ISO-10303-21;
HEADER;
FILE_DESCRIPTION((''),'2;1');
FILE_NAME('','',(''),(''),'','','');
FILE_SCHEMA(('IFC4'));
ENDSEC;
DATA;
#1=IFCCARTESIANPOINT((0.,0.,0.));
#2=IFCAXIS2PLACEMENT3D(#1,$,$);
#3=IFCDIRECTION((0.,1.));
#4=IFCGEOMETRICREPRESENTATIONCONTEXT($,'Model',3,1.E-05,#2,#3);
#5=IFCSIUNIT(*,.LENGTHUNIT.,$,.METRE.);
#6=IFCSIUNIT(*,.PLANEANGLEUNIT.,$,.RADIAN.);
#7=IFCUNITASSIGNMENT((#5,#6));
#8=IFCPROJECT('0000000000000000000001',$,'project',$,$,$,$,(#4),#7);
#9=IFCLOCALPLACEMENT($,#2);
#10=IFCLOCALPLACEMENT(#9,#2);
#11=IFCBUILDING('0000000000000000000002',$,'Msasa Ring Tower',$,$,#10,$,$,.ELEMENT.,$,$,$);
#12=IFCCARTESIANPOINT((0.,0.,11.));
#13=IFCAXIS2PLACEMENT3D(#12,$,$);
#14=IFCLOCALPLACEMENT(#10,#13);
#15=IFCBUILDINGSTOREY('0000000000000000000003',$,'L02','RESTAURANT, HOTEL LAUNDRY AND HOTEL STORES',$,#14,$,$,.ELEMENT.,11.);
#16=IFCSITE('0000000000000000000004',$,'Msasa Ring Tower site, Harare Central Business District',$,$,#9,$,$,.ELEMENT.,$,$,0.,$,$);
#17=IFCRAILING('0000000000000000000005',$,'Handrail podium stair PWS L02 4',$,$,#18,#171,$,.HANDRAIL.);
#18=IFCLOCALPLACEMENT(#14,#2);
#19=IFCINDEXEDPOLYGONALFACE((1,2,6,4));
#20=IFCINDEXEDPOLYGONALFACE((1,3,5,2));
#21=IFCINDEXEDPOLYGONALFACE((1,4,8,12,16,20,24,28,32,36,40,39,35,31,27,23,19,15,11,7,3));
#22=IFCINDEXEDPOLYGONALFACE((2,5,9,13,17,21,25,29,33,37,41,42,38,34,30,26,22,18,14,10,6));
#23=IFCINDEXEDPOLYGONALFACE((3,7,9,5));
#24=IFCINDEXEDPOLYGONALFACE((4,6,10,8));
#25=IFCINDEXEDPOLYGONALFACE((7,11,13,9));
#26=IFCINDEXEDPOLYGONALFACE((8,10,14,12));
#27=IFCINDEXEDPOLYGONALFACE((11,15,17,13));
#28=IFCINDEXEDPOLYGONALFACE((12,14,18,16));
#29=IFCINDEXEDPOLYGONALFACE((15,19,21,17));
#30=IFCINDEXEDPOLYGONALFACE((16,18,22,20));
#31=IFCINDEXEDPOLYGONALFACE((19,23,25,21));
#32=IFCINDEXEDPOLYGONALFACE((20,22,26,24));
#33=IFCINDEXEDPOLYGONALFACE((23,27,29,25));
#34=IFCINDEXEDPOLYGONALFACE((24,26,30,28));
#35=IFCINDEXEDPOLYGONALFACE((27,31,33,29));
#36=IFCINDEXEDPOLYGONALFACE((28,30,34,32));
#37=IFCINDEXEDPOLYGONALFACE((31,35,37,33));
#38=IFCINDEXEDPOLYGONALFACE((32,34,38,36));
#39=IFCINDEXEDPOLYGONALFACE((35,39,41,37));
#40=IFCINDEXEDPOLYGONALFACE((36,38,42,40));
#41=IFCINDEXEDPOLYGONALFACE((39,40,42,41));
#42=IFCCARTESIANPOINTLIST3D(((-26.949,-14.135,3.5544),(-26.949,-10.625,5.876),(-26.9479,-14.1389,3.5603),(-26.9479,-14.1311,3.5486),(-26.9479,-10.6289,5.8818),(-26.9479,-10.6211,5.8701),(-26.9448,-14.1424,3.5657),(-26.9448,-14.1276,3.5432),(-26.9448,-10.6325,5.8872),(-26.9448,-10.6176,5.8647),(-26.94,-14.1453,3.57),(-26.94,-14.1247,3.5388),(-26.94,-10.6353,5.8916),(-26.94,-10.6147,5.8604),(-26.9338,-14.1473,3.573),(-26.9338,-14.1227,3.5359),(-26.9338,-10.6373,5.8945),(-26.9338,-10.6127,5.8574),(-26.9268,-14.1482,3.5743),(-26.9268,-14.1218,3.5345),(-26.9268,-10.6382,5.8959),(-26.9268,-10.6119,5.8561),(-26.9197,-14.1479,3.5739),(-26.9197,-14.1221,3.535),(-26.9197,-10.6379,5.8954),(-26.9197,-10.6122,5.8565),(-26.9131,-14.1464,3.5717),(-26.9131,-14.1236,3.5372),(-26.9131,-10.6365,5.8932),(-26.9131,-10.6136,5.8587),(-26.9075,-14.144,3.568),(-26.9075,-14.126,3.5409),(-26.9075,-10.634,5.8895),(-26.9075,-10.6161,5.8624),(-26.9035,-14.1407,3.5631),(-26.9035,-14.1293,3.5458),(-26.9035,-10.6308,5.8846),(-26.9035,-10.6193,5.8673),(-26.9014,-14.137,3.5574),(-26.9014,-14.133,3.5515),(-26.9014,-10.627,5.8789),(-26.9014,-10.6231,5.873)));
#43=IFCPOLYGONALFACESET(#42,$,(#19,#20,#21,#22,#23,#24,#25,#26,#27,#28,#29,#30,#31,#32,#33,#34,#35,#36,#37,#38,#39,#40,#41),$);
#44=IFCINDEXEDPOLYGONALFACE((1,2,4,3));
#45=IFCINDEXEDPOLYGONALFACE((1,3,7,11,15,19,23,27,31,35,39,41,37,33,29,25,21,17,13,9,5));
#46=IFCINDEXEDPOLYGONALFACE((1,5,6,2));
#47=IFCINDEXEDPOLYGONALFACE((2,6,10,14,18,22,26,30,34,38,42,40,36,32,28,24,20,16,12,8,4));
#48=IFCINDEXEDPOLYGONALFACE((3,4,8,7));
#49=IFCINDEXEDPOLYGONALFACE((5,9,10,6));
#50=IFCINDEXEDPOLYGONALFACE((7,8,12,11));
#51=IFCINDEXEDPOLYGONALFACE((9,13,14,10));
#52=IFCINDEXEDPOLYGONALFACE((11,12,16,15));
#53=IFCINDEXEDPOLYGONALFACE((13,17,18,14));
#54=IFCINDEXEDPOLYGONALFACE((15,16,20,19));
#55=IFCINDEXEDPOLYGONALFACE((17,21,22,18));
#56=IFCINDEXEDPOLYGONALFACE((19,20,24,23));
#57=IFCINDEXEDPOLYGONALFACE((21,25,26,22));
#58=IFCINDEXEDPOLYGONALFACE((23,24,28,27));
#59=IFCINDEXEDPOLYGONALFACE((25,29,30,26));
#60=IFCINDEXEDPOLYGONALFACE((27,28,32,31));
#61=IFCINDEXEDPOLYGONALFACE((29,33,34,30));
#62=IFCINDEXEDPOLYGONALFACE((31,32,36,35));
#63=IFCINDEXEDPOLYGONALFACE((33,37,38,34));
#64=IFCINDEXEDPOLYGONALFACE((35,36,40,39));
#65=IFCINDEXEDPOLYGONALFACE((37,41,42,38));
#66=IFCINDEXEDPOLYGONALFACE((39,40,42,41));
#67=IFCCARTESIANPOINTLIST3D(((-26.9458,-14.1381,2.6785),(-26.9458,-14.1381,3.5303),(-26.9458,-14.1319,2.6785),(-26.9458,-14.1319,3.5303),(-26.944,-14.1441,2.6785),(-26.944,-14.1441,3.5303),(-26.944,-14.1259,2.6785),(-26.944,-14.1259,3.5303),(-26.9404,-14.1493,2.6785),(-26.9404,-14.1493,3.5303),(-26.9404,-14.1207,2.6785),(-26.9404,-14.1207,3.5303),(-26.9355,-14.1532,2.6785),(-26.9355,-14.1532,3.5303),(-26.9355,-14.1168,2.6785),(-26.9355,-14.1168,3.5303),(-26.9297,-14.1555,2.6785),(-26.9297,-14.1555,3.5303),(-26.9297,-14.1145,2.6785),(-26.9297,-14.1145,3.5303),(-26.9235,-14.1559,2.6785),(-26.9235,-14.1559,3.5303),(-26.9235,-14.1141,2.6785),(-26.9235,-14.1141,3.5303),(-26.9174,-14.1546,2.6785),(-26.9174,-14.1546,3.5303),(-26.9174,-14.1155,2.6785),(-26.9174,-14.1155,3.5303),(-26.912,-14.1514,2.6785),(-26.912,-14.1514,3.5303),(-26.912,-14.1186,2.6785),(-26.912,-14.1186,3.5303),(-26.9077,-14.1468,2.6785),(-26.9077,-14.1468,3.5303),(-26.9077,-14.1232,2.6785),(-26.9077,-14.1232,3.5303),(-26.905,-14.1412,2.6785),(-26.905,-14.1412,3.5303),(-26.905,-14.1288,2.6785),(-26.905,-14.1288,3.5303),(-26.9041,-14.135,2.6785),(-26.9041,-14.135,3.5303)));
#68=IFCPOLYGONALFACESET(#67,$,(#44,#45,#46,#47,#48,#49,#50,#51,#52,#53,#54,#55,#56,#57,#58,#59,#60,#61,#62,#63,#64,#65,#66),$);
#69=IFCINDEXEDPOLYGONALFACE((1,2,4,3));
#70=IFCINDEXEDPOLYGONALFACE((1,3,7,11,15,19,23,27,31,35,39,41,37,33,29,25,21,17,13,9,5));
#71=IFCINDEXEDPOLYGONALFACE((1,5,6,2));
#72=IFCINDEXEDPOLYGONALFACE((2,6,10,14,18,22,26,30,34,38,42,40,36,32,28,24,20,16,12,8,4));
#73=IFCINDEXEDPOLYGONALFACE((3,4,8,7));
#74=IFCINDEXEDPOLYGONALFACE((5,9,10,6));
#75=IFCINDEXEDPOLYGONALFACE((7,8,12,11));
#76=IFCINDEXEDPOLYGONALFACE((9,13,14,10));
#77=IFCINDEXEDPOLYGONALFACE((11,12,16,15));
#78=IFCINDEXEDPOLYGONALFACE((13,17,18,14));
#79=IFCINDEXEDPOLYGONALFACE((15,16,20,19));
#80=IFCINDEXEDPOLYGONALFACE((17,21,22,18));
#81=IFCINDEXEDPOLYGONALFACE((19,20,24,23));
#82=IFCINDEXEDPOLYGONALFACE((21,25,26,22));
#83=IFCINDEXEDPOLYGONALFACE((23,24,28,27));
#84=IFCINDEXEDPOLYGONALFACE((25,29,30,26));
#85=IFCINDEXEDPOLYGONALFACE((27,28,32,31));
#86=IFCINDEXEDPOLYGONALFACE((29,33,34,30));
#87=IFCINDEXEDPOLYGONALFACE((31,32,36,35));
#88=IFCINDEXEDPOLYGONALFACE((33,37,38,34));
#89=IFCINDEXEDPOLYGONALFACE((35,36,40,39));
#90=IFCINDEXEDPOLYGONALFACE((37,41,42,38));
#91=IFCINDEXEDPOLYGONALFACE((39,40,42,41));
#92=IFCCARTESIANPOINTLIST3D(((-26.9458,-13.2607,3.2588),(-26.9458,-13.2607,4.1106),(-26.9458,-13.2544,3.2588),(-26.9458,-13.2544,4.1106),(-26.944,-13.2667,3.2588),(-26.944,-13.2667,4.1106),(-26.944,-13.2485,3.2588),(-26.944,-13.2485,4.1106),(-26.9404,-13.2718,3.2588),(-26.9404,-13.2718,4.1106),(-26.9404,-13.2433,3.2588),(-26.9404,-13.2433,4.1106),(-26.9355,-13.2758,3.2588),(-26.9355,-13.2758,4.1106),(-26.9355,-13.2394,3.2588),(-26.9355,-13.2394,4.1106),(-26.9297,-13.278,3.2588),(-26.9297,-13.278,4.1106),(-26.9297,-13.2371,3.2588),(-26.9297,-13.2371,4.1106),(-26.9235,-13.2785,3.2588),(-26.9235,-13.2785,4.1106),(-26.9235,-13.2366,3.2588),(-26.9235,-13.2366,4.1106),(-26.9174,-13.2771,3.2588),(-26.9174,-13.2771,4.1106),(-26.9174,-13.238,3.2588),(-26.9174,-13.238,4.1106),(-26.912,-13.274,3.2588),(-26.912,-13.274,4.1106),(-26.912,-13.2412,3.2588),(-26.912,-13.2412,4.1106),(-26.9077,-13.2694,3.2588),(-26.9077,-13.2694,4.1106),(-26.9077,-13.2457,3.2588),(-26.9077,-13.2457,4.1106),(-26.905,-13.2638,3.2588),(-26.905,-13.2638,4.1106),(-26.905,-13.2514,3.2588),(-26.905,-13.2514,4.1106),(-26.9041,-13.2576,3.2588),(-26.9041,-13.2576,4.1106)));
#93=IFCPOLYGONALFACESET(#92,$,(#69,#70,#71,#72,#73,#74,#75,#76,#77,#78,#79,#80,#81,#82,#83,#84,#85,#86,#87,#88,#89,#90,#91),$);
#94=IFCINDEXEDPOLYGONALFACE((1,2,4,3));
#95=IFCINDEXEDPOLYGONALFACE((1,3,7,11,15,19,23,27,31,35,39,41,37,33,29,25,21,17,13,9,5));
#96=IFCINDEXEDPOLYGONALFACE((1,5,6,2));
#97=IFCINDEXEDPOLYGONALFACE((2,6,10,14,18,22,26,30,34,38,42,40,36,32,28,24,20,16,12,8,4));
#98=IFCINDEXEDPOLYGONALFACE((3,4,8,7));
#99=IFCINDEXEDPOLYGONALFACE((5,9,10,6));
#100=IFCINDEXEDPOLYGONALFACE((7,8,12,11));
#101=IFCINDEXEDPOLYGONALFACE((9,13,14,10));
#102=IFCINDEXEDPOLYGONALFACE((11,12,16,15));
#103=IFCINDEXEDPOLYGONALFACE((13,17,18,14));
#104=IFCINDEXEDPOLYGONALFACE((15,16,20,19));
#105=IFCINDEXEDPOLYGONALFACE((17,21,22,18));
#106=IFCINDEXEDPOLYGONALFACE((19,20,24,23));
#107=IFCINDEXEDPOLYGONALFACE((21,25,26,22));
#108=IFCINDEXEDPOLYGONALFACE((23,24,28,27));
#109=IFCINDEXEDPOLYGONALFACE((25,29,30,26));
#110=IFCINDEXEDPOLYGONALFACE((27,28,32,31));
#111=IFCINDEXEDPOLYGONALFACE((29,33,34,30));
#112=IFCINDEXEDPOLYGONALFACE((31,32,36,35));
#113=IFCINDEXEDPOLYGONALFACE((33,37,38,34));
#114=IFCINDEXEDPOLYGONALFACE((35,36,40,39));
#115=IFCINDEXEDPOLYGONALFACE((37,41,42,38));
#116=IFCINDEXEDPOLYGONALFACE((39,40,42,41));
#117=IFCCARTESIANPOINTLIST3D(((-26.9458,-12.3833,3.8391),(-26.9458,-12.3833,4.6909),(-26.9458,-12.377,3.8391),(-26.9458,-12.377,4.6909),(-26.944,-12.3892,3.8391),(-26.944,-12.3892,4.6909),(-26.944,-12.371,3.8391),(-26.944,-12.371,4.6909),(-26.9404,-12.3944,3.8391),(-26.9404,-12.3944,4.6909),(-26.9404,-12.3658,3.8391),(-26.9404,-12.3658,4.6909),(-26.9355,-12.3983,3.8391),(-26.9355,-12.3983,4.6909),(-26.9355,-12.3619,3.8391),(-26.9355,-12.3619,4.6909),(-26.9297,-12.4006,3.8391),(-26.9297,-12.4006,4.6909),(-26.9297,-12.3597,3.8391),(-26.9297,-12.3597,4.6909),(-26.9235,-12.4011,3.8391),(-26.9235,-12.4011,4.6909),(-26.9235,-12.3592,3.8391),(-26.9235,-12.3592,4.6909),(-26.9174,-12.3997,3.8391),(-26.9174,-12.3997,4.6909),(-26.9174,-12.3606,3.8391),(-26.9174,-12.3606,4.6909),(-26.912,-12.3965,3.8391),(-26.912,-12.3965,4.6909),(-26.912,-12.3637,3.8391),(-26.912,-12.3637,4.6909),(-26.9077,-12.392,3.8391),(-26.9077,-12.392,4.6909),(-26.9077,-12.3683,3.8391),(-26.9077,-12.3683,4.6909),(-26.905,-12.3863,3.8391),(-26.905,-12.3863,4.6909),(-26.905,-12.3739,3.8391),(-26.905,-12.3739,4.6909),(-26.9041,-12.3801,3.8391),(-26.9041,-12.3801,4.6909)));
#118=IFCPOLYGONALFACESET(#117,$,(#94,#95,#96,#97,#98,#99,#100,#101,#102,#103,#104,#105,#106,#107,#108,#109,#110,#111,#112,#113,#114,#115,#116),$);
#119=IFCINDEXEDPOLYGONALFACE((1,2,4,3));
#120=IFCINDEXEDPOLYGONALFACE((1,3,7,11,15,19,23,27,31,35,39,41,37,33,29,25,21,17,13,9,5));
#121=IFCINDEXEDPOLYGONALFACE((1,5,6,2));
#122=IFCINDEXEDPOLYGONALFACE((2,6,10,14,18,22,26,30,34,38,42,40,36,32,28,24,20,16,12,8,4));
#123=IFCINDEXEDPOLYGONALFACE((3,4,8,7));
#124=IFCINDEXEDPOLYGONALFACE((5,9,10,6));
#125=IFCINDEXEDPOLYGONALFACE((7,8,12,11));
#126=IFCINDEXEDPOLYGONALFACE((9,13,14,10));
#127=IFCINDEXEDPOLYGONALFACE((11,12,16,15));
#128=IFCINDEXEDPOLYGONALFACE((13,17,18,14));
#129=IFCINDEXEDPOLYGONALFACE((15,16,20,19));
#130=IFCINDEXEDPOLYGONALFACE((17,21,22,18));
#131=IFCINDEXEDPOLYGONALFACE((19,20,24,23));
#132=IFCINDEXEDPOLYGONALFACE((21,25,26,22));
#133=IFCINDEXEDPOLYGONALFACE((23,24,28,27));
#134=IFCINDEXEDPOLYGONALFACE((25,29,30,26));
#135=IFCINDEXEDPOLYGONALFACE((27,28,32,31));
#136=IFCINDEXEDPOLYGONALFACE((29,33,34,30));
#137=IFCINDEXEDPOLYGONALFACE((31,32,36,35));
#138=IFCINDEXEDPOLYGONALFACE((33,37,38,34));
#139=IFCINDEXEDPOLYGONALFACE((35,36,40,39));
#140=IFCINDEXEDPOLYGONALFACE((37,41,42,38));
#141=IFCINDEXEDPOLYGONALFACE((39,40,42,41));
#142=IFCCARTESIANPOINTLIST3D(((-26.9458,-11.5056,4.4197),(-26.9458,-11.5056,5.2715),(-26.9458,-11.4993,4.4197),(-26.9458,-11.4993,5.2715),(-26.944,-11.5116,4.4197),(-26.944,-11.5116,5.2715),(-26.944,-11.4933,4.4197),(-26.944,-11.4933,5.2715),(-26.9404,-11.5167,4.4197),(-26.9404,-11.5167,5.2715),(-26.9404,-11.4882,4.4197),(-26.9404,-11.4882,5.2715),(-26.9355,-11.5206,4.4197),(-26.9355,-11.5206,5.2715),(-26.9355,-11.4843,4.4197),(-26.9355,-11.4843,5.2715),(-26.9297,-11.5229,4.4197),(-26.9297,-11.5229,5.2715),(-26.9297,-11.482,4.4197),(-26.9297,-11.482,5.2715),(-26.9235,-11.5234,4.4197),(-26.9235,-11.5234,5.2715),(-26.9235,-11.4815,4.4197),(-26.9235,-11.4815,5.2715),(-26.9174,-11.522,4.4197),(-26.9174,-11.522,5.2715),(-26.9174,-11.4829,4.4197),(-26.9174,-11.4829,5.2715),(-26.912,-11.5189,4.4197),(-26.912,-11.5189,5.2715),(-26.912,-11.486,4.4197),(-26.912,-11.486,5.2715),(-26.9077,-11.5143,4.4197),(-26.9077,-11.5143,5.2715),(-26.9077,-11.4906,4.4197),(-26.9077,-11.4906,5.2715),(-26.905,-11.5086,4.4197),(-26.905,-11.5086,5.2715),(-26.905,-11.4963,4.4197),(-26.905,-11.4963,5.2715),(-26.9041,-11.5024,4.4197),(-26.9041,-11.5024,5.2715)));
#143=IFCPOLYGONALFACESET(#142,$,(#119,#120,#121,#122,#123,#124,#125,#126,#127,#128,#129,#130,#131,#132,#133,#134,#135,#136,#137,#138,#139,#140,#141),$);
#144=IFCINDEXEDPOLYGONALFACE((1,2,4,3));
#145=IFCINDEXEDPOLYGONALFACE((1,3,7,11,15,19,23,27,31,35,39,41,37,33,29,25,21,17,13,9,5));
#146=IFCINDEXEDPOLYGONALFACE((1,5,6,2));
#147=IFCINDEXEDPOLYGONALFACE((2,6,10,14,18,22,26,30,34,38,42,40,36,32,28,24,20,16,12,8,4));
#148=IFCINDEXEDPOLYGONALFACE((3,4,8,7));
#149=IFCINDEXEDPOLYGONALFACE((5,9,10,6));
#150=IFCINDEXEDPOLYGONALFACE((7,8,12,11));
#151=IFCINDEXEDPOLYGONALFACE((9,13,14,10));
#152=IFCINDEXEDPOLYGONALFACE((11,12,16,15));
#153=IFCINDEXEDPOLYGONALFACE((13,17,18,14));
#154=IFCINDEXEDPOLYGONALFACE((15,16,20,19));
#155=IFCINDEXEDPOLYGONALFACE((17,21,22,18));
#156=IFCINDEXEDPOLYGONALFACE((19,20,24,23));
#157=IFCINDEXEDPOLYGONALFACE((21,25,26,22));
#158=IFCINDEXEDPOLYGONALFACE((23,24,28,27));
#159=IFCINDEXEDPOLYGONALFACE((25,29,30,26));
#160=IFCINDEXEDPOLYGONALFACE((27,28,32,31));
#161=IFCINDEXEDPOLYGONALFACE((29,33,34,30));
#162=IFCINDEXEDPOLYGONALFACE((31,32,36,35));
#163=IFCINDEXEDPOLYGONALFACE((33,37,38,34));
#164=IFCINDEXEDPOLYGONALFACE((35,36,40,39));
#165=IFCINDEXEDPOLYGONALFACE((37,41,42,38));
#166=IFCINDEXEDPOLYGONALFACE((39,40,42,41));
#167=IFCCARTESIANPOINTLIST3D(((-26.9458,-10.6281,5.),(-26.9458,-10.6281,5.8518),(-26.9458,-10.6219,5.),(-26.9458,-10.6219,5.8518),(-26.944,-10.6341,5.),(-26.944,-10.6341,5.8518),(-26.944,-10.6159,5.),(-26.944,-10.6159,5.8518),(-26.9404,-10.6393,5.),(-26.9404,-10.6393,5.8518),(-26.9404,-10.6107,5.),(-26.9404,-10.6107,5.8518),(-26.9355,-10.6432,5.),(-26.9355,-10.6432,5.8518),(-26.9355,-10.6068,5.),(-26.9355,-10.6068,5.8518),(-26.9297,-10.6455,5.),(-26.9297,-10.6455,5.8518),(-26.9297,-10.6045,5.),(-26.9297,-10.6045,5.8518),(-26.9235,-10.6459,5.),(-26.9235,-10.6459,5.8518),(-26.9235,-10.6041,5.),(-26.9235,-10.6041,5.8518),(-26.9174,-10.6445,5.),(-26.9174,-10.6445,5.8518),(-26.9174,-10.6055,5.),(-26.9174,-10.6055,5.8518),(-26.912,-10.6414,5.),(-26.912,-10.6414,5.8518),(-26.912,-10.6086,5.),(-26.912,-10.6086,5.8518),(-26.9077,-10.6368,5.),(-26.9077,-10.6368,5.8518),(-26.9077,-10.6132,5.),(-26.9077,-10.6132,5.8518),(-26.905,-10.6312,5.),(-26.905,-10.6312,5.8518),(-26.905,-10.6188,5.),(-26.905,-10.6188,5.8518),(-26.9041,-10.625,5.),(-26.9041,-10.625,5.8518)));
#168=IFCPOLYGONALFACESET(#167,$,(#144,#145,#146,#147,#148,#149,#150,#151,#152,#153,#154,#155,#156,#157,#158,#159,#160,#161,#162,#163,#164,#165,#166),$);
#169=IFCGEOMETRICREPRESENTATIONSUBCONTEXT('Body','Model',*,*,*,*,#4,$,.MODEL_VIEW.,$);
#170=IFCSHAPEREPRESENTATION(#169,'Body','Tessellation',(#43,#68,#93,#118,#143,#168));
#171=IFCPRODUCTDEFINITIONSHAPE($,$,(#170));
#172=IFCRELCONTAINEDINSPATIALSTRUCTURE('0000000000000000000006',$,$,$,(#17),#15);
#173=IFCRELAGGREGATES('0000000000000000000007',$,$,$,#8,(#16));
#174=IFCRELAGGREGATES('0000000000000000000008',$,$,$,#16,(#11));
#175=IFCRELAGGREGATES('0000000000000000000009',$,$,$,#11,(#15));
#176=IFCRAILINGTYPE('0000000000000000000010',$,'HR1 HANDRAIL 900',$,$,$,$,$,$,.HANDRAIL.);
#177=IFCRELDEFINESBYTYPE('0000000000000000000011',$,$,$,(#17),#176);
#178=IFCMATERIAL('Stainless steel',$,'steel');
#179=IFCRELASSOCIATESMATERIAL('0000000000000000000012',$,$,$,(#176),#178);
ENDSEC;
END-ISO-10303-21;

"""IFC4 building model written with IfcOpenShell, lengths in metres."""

from ifc_helpers import new_model, si_unit, direction, frame, origin, origin_2d, place, context, subcontext, project, spatial, circle, extrude, material, type_object, element, save


model = new_model("IFC4")

# Units and contexts
model_context = context("Model", 3, precision=1e-05, world=origin(), true_north=direction((0.0, 1.0)))
body_context = subcontext(model_context, "Body", "Model", "MODEL_VIEW")
ifc_project = project(units=[si_unit("LENGTHUNIT", "METRE"), si_unit("PLANEANGLEUNIT", "RADIAN")], contexts=[model_context])

# Site, building, storey
site_placement = place(None, origin())
site = spatial("IfcSite", under=ifc_project, at=site_placement, Name="Msasa Ring Tower site, Harare Central Business District", CompositionType="ELEMENT", RefElevation=0.0)
building_placement = place(site_placement, origin())
building = spatial("IfcBuilding", under=site, at=building_placement, Name="Msasa Ring Tower", CompositionType="ELEMENT")
storey_placement = place(building_placement, frame((0.0, 0.0, 11.0)))
storey = spatial("IfcBuildingStorey", under=building, at=storey_placement, Name="L02", Description="RESTAURANT, HOTEL LAUNDRY AND HOTEL STORES", CompositionType="ELEMENT", Elevation=11.0)

# Railing
ifc_material_1 = material(Name="Stainless steel", Category="steel")
railing_type = type_object("IfcRailingType", Name="HR1 HANDRAIL 900", PredefinedType="HANDRAIL", material=ifc_material_1)
for number, where, name in (
    (1, (-26.925, -14.135, 2.6785), "Handrail podium stair PWS L02 4"),
):
    element("IfcRailing", number, at=place(storey_placement, frame(where)), inside=storey, type_object=railing_type, Name=name, PredefinedType="HANDRAIL", context=body_context, shape_type="SweptSolid", body=[
        extrude(circle(Radius=0.0239, at=origin_2d()), frame((0.0, 0.0, 0.876), z_axis=(0.0, 0.834071, 0.551657), x_axis=(-1.0, 0.0, 0.0)), (0.0, 0.0, 1.0), 4.2083),
        extrude(circle(Radius=0.021, at=origin_2d()), origin(), (0.0, 0.0, 1.0), 0.8518),
        extrude(circle(Radius=0.021, at=origin_2d()), frame((0.0, 0.8774, 0.5803)), (0.0, 0.0, 1.0), 0.8518),
        extrude(circle(Radius=0.021, at=origin_2d()), frame((0.0, 1.7549, 1.1606)), (0.0, 0.0, 1.0), 0.8518),
        extrude(circle(Radius=0.021, at=origin_2d()), frame((0.0, 2.6326, 1.7412)), (0.0, 0.0, 1.0), 0.8518),
        extrude(circle(Radius=0.021, at=origin_2d()), frame((0.0, 3.51, 2.3215)), (0.0, 0.0, 1.0), 0.8518),
    ])

save(model, "model.ifc")
